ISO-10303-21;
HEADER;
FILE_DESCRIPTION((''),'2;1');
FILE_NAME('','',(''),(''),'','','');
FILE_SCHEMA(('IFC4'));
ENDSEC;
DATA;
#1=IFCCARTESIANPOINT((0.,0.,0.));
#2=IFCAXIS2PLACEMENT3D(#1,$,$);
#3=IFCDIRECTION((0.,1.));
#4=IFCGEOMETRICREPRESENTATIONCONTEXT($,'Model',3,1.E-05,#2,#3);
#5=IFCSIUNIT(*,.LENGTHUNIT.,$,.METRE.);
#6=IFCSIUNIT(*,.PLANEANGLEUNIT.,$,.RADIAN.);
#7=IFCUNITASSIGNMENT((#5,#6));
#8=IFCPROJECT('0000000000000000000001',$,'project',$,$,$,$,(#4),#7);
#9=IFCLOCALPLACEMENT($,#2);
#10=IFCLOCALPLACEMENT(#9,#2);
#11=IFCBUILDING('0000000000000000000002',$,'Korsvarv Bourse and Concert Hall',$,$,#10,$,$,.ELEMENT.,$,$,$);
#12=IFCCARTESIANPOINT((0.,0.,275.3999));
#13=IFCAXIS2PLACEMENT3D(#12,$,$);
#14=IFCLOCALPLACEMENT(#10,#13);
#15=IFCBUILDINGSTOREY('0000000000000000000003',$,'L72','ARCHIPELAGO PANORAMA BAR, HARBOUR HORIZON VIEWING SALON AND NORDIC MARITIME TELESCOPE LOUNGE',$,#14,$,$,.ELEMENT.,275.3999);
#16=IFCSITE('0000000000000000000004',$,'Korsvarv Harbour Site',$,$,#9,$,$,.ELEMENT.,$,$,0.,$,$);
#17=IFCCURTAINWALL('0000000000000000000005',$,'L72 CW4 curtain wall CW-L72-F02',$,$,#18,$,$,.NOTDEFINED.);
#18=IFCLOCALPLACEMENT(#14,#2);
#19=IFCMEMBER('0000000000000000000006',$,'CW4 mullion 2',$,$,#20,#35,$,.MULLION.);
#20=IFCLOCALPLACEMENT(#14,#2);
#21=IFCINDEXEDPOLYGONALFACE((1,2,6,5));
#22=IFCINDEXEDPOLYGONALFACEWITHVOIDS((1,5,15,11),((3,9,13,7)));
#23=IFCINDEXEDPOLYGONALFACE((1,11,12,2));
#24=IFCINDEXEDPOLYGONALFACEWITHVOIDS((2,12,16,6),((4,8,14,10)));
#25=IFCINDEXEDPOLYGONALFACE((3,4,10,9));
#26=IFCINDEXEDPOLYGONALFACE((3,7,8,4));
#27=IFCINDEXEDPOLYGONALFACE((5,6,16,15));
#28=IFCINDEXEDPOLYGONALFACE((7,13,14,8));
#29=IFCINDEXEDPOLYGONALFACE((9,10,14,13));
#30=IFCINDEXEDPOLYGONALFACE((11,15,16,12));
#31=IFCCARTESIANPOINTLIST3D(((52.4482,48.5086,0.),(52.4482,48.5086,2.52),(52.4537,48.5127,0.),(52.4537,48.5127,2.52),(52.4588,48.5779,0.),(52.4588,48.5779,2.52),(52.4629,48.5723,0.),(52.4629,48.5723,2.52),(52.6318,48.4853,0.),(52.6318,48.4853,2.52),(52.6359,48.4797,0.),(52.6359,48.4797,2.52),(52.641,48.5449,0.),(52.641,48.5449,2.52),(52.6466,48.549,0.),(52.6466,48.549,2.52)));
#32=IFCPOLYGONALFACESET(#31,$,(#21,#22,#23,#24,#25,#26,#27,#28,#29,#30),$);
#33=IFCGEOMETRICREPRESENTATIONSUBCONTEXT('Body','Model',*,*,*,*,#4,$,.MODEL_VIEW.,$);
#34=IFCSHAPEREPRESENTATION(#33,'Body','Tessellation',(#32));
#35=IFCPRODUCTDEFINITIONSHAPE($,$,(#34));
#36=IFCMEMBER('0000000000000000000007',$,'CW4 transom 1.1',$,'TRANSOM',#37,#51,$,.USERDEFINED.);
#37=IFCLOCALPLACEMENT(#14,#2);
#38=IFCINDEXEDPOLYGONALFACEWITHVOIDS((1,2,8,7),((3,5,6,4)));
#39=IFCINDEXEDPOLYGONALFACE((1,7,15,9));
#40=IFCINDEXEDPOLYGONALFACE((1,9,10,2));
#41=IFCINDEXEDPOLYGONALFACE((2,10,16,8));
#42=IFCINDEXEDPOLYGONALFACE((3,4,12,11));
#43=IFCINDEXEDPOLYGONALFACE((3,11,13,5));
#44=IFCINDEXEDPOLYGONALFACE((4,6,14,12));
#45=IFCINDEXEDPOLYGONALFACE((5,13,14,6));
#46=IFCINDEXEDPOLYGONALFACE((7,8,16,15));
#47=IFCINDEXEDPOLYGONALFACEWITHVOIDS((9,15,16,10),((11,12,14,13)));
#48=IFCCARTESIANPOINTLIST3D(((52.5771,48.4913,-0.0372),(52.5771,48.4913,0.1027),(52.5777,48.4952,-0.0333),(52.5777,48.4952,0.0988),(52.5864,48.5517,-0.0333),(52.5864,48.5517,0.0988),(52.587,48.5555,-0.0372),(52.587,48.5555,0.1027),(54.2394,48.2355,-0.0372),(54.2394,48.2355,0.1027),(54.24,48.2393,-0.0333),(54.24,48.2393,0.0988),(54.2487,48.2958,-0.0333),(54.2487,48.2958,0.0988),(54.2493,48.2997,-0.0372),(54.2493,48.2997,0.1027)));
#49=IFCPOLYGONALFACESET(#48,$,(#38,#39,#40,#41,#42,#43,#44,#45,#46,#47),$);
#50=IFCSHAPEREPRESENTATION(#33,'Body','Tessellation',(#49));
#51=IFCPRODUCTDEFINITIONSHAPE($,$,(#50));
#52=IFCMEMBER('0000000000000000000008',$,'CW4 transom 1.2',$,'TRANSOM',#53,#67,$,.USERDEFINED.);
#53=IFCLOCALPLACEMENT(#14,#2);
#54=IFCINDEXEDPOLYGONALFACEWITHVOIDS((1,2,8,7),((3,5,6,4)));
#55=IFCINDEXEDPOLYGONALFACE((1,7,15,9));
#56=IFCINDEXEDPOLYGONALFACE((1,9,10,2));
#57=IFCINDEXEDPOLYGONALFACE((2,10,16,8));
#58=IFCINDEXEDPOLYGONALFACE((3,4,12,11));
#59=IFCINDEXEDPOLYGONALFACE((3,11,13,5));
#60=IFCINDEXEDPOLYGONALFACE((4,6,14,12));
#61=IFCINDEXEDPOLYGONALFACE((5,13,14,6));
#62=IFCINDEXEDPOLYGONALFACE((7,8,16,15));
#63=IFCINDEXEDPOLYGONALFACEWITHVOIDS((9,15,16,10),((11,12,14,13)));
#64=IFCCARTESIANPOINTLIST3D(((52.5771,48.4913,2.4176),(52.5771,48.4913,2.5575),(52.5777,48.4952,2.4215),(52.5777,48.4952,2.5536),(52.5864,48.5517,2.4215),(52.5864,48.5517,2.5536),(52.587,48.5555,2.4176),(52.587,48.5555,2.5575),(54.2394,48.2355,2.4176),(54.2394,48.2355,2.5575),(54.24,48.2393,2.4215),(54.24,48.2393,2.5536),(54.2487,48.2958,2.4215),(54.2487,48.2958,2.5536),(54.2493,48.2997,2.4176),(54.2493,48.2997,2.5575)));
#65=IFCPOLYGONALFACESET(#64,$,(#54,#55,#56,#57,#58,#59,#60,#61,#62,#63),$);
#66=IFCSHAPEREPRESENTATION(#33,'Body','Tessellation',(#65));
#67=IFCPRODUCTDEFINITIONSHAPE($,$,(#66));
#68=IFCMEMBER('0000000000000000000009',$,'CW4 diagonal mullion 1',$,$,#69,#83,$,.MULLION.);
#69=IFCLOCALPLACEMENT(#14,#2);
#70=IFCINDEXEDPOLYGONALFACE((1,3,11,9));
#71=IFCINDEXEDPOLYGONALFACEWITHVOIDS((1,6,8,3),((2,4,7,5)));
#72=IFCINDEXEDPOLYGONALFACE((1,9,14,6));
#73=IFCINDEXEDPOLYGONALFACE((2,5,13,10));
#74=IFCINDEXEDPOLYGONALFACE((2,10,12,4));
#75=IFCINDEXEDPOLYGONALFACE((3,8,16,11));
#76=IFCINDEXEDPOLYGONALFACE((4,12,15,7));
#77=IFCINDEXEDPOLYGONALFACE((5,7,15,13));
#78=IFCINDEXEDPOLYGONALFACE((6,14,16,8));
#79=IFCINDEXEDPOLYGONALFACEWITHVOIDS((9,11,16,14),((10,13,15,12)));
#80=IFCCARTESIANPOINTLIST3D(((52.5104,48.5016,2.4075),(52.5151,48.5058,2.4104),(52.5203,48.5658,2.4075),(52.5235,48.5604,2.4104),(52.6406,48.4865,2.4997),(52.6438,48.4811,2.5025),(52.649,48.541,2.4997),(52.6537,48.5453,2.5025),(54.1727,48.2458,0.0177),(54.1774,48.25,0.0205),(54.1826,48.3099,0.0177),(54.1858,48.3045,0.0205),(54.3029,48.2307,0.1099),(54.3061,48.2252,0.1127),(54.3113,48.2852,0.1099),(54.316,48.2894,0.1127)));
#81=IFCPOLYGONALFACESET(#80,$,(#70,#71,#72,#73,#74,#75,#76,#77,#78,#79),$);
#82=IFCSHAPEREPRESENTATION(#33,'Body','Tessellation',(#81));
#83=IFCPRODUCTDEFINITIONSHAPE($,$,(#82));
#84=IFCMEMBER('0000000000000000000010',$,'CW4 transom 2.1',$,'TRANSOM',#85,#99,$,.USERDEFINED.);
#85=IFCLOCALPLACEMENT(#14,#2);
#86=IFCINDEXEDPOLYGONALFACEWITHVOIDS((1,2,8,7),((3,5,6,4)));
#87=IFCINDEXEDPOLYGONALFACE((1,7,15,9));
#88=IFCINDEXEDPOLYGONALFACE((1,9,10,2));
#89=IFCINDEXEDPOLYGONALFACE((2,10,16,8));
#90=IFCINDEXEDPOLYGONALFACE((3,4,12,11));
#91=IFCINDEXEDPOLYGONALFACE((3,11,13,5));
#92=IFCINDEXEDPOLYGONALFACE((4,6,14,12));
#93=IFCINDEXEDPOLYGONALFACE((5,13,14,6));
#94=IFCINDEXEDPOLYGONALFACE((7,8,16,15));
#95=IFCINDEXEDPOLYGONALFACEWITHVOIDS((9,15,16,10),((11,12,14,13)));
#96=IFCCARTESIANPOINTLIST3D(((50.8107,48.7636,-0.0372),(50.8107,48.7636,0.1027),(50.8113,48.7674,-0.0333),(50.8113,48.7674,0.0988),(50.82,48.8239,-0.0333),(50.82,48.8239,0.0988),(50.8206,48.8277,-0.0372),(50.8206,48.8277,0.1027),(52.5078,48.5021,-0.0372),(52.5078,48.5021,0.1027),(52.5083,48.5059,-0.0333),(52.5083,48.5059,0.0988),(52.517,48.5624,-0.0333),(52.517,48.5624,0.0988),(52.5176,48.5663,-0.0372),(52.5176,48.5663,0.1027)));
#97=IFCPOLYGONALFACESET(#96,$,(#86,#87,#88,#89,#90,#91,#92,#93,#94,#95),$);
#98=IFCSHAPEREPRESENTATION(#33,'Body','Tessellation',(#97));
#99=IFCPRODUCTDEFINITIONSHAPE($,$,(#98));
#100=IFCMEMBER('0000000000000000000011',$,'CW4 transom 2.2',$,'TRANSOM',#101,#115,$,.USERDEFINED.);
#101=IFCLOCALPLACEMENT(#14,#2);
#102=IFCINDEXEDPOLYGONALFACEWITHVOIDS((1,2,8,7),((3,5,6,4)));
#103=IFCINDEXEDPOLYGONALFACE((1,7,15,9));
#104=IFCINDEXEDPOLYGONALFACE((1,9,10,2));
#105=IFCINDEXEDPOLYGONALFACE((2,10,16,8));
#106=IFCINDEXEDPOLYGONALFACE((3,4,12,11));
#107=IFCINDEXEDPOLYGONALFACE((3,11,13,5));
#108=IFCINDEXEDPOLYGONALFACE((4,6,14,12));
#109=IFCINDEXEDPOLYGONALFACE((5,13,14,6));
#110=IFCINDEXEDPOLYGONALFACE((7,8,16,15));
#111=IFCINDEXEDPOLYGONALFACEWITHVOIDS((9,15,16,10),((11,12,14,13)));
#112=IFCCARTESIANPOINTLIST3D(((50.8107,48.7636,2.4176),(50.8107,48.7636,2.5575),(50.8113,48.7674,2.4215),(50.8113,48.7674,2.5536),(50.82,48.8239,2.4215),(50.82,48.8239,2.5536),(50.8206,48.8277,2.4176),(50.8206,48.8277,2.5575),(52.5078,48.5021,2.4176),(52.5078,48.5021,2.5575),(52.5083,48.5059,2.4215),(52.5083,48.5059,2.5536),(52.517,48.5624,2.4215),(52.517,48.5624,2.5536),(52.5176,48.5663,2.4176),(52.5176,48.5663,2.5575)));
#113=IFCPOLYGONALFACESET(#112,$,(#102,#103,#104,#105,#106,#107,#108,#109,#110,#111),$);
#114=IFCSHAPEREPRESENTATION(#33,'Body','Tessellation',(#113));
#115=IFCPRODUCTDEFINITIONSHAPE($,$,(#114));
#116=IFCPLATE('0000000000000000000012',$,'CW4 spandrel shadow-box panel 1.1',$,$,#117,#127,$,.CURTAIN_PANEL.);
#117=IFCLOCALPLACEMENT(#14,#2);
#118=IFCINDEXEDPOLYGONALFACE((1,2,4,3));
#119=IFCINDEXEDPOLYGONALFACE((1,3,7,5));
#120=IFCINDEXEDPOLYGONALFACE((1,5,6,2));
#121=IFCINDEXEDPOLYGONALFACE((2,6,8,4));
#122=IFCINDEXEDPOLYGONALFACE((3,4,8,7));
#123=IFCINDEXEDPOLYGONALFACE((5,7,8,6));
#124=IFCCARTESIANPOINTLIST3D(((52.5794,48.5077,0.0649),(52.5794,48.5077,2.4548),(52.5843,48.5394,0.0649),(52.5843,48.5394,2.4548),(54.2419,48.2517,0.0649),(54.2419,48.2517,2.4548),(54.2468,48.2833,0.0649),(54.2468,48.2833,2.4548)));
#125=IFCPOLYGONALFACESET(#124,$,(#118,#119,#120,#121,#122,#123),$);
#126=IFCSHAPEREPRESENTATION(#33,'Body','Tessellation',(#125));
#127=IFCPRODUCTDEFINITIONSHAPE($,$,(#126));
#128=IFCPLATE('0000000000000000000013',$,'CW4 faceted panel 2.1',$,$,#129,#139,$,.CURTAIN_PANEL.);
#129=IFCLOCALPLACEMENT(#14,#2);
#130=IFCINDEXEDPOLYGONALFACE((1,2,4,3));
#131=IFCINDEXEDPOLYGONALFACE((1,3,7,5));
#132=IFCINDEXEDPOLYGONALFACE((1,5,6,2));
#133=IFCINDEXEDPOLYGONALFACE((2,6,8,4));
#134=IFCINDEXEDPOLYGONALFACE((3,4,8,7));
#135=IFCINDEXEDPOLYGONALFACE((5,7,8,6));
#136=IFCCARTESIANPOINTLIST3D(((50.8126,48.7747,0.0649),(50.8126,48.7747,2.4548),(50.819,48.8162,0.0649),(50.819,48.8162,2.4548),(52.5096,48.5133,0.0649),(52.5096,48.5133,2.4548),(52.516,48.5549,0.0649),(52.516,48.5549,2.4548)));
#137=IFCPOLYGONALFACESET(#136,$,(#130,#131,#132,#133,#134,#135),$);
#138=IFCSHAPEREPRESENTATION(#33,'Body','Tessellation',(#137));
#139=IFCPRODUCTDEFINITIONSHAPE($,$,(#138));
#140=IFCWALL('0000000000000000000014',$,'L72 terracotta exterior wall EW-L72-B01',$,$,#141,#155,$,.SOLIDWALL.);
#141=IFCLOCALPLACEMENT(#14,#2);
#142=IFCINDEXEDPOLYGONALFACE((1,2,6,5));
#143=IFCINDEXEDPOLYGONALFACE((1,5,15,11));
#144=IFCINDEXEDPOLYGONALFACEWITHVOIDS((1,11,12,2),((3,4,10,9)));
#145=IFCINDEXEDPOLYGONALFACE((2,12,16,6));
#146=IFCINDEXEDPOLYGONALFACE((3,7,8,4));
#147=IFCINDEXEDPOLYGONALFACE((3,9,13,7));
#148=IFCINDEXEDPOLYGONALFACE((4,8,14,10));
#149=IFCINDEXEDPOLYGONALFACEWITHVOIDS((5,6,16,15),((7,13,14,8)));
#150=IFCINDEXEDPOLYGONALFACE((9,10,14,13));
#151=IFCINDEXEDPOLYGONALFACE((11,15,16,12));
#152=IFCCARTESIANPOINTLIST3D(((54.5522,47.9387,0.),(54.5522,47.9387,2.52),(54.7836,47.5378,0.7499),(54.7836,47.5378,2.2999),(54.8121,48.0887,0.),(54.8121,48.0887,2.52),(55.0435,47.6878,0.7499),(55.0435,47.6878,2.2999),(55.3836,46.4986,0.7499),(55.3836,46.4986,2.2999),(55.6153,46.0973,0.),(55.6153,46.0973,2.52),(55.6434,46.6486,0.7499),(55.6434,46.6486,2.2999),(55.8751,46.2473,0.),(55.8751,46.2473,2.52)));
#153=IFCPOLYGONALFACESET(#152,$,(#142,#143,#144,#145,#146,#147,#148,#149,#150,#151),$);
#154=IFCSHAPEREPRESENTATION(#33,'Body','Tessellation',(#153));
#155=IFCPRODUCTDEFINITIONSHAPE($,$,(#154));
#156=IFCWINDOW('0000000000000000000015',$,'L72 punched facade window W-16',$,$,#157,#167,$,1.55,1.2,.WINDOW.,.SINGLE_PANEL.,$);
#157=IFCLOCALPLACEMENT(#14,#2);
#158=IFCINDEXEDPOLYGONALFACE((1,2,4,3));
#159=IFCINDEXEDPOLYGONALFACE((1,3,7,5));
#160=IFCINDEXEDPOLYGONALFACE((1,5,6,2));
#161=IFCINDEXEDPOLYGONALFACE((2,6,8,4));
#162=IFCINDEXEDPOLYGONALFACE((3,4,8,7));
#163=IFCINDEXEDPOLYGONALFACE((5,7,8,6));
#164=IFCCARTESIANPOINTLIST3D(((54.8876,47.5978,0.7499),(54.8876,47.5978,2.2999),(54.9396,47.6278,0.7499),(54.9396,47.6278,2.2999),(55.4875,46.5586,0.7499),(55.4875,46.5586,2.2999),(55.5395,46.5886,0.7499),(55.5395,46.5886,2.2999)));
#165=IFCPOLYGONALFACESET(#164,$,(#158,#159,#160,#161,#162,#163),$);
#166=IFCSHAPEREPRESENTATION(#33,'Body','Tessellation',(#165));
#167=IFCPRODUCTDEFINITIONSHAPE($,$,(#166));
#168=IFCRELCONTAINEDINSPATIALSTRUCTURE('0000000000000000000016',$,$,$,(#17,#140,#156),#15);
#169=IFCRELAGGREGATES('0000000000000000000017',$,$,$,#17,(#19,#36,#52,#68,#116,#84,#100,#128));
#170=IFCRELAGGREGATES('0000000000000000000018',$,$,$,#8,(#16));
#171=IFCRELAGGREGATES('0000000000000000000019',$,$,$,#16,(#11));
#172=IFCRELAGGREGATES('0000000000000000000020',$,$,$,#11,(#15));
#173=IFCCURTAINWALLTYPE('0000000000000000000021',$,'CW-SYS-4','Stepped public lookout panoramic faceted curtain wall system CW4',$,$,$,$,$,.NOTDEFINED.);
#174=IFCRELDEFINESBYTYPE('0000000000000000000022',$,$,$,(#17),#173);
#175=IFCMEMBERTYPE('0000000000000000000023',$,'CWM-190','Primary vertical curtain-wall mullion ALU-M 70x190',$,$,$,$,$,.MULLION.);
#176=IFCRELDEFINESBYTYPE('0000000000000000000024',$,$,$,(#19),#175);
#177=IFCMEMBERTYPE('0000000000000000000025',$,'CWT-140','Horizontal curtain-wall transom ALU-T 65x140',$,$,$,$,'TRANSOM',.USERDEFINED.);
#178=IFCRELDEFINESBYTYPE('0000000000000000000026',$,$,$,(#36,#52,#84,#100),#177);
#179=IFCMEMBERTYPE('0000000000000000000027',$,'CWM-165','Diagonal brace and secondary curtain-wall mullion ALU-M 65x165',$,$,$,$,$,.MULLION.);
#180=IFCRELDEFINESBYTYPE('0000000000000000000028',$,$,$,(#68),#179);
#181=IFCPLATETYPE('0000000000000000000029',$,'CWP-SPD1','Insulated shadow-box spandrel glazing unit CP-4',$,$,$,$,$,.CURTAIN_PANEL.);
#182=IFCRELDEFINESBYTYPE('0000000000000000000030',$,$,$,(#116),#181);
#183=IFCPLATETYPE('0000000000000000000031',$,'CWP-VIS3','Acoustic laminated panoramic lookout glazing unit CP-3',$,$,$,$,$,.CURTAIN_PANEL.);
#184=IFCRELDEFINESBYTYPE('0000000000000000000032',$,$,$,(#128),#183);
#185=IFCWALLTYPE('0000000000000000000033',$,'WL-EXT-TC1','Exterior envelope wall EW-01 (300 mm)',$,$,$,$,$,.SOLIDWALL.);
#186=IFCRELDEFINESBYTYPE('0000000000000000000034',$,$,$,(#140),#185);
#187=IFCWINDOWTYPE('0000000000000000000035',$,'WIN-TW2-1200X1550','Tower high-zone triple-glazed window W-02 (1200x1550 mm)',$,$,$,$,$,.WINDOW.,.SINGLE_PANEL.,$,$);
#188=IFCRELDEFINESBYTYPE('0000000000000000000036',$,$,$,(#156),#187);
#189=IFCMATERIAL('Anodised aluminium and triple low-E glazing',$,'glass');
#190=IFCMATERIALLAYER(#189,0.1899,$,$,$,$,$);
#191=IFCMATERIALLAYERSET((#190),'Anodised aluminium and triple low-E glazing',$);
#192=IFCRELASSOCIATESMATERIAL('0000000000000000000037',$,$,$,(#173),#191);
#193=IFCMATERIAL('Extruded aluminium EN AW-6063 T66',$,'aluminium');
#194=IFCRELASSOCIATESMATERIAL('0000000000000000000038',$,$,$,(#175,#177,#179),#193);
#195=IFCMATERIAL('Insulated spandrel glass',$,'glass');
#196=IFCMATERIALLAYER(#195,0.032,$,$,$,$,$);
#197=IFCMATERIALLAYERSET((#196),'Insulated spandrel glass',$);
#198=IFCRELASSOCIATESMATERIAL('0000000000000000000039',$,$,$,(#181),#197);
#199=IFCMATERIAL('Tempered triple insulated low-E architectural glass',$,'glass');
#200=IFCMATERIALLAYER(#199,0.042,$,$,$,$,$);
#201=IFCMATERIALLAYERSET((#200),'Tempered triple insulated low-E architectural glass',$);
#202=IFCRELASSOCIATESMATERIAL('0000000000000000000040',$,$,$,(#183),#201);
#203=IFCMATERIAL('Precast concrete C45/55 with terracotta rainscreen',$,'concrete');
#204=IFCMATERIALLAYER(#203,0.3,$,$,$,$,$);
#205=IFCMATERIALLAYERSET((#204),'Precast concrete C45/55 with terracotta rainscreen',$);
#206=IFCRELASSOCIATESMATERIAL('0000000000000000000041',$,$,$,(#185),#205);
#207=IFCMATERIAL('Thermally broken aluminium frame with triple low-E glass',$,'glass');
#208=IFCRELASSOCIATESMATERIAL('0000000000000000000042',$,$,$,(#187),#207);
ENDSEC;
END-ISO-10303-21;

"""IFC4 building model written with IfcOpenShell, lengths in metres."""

from ifc_helpers import new_model, si_unit, direction, frame, frame_2d, origin, origin_2d, place, context, subcontext, project, spatial, rectangle, hollow_rectangle, extrude, source, transform, mapped, material, layer, layer_set, material_profile, profile_set, type_object, element, fill, aggregate, save


model = new_model("IFC4")

# Units and contexts
model_context = context("Model", 3, precision=1e-05, world=origin(), true_north=direction((0.0, 1.0)))
body_context = subcontext(model_context, "Body", "Model", "MODEL_VIEW")
ifc_project = project(units=[si_unit("LENGTHUNIT", "METRE"), si_unit("PLANEANGLEUNIT", "RADIAN")], contexts=[model_context])

# Site, building, storey
site_placement = place(None, origin())
site = spatial("IfcSite", under=ifc_project, at=site_placement, Name="Korsvarv Harbour Site", CompositionType="ELEMENT", RefElevation=0.0)
building_placement = place(site_placement, origin())
building = spatial("IfcBuilding", under=site, at=building_placement, Name="Korsvarv Bourse and Concert Hall", CompositionType="ELEMENT")
storey_placement = place(building_placement, frame((0.0, 0.0, 275.3999)))
storey = spatial("IfcBuildingStorey", under=building, at=storey_placement, Name="L72", Description="ARCHIPELAGO PANORAMA BAR, HARBOUR HORIZON VIEWING SALON AND NORDIC MARITIME TELESCOPE LOUNGE", CompositionType="ELEMENT", Elevation=275.3999)

# Curtain wall, members, plates
ifc_material_1 = material(Name="Anodised aluminium and triple low-E glazing", Category="glass")
ifc_layer_1 = layer(ifc_material_1, 0.1899)
ifc_layer_set_1 = layer_set([ifc_layer_1], Name="Anodised aluminium and triple low-E glazing")
curtain_wall_type = type_object("IfcCurtainWallType", Name="CW-SYS-4", Description="Stepped public lookout panoramic faceted curtain wall system CW4", PredefinedType="NOTDEFINED", material=ifc_layer_set_1)
curtain_wall_placement = place(storey_placement, origin())
curtain_wall = element("IfcCurtainWall", 1, at=curtain_wall_placement, inside=storey, type_object=curtain_wall_type, Name="L72 CW4 curtain wall CW-L72-F02", PredefinedType="NOTDEFINED")
ifc_material_2 = material(Name="Extruded aluminium EN AW-6063 T66", Category="aluminium")
ifc_material_profile_1 = material_profile(ifc_material_2, hollow_rectangle(XDim=0.0701, YDim=0.1899, WallThickness=0.0049, at=origin_2d()), Name="ALU-M 70x190")
ifc_profile_set_1 = profile_set([ifc_material_profile_1], Name="Extruded aluminium EN AW-6063 T66")
member_type_1 = type_object("IfcMemberType", Name="CWM-190", Description="Primary vertical curtain-wall mullion ALU-M 70x190", PredefinedType="MULLION", material=ifc_profile_set_1)
shared_shape_1 = source(origin(), body_context, "Body", "SweptSolid", [
    extrude(hollow_rectangle(XDim=0.0701, YDim=0.1899, WallThickness=0.0049, at=origin_2d()), origin(), (0.0, 0.0, 1.0), 2.52),
])
member_1_placement = place(storey_placement, frame((52.5474, 48.5288, 0.0), z_axis=(0.0, 0.0, 1.0), x_axis=(-0.152234, -0.988345, 0.0)))
member_1 = element("IfcMember", 2, at=member_1_placement, type_object=member_type_1, Name="CW4 mullion 2", PredefinedType="MULLION", context=body_context, shape_type="MappedRepresentation", body=[
    mapped(shared_shape_1, transform((0.0, 0.0, 0.0), scale=1.0)),
])
ifc_material_profile_2 = material_profile(ifc_material_2, hollow_rectangle(XDim=0.0649, YDim=0.1399, WallThickness=0.0039, at=origin_2d()), Name="ALU-T 65x140")
ifc_profile_set_2 = profile_set([ifc_material_profile_2], Name="Extruded aluminium EN AW-6063 T66")
member_type_2 = type_object("IfcMemberType", Name="CWT-140", Description="Horizontal curtain-wall transom ALU-T 65x140", ElementType="TRANSOM", PredefinedType="USERDEFINED", material=ifc_profile_set_2)
shared_shape_2 = source(origin(), body_context, "Body", "SweptSolid", [
    extrude(hollow_rectangle(XDim=0.0649, YDim=0.1399, WallThickness=0.0039, at=origin_2d()), origin(), (0.0, 0.0, 1.0), 1.6819),
])
member_2_placement = place(storey_placement, frame((54.2444, 48.2676, 0.0327), z_axis=(-0.988362, 0.152123, 0.0), x_axis=(-0.152123, -0.988362, 0.0)))
member_2 = element("IfcMember", 3, at=member_2_placement, type_object=member_type_2, Name="CW4 transom 1.1", ObjectType="TRANSOM", PredefinedType="USERDEFINED", context=body_context, shape_type="MappedRepresentation", body=[
    mapped(shared_shape_2, transform((0.0, 0.0, 0.0), scale=1.0)),
])
member_3_placement = place(storey_placement, frame((54.2444, 48.2676, 2.4875), z_axis=(-0.988362, 0.152123, 0.0), x_axis=(-0.152123, -0.988362, 0.0)))
member_3 = element("IfcMember", 4, at=member_3_placement, type_object=member_type_2, Name="CW4 transom 1.2", ObjectType="TRANSOM", PredefinedType="USERDEFINED", context=body_context, shape_type="MappedRepresentation", body=[
    mapped(shared_shape_2, transform((0.0, 0.0, 0.0), scale=1.0)),
])
ifc_material_profile_3 = material_profile(ifc_material_2, hollow_rectangle(XDim=0.0649, YDim=0.165, WallThickness=0.0049, at=origin_2d()), Name="ALU-M 65x165")
ifc_profile_set_3 = profile_set([ifc_material_profile_3], Name="Extruded aluminium EN AW-6063 T66")
member_type_3 = type_object("IfcMemberType", Name="CWM-165", Description="Diagonal brace and secondary curtain-wall mullion ALU-M 65x165", PredefinedType="MULLION", material=ifc_profile_set_3)
shared_shape_3 = source(origin(), body_context, "Body", "SweptSolid", [
    extrude(hollow_rectangle(XDim=0.0649, YDim=0.165, WallThickness=0.0049, at=origin_2d()), origin(), (0.0, 0.0, 1.0), 2.9224),
])
member_4_placement = place(storey_placement, frame((54.2444, 48.2676, 0.0652), z_axis=(-0.56883, 0.087551, 0.817782), x_axis=(-0.152123, -0.988362, 0.0)))
member_4 = element("IfcMember", 5, at=member_4_placement, type_object=member_type_3, Name="CW4 diagonal mullion 1", PredefinedType="MULLION", context=body_context, shape_type="MappedRepresentation", body=[
    mapped(shared_shape_3, transform((0.0, 0.0, 0.0), scale=1.0)),
])
shared_shape_4 = source(origin(), body_context, "Body", "SweptSolid", [
    extrude(hollow_rectangle(XDim=0.0649, YDim=0.1399, WallThickness=0.0039, at=origin_2d()), origin(), (0.0, 0.0, 1.0), 1.717),
])
member_5_placement = place(storey_placement, frame((52.5127, 48.5342, 0.0327), z_axis=(-0.988337, 0.152282, 0.0), x_axis=(-0.152282, -0.988337, 0.0)))
member_5 = element("IfcMember", 6, at=member_5_placement, type_object=member_type_2, Name="CW4 transom 2.1", ObjectType="TRANSOM", PredefinedType="USERDEFINED", context=body_context, shape_type="MappedRepresentation", body=[
    mapped(shared_shape_4, transform((0.0, 0.0, 0.0), scale=1.0)),
])
member_6_placement = place(storey_placement, frame((52.5127, 48.5342, 2.4875), z_axis=(-0.988337, 0.152282, 0.0), x_axis=(-0.152282, -0.988337, 0.0)))
member_6 = element("IfcMember", 7, at=member_6_placement, type_object=member_type_2, Name="CW4 transom 2.2", ObjectType="TRANSOM", PredefinedType="USERDEFINED", context=body_context, shape_type="MappedRepresentation", body=[
    mapped(shared_shape_4, transform((0.0, 0.0, 0.0), scale=1.0)),
])
ifc_material_3 = material(Name="Insulated spandrel glass", Category="glass")
ifc_layer_2 = layer(ifc_material_3, 0.032)
ifc_layer_set_2 = layer_set([ifc_layer_2], Name="Insulated spandrel glass")
plate_type_1 = type_object("IfcPlateType", Name="CWP-SPD1", Description="Insulated shadow-box spandrel glazing unit CP-4", PredefinedType="CURTAIN_PANEL", material=ifc_layer_set_2)
shared_shape_5 = source(origin(), body_context, "Body", "SweptSolid", [
    extrude(rectangle(XDim=1.6821, YDim=0.032, at=origin_2d()), origin(), (0.0, 0.0, 1.0), 2.3899),
])
plate_1_placement = place(storey_placement, frame((53.4131, 48.3955, 0.0649), z_axis=(0.0, 0.0, 1.0), x_axis=(-0.988345, 0.152234, 0.0)))
plate_1 = element("IfcPlate", 8, at=plate_1_placement, type_object=plate_type_1, Name="CW4 spandrel shadow-box panel 1.1", PredefinedType="CURTAIN_PANEL", context=body_context, shape_type="MappedRepresentation", body=[
    mapped(shared_shape_5, transform((0.0, 0.0, 0.0), scale=1.0)),
])
ifc_material_4 = material(Name="Tempered triple insulated low-E architectural glass", Category="glass")
ifc_layer_3 = layer(ifc_material_4, 0.042)
ifc_layer_set_3 = layer_set([ifc_layer_3], Name="Tempered triple insulated low-E architectural glass")
plate_type_2 = type_object("IfcPlateType", Name="CWP-VIS3", Description="Acoustic laminated panoramic lookout glazing unit CP-3", PredefinedType="CURTAIN_PANEL", material=ifc_layer_set_3)
shared_shape_6 = source(origin(), body_context, "Body", "SweptSolid", [
    extrude(rectangle(XDim=1.717, YDim=0.042, at=origin_2d()), origin(), (0.0, 0.0, 1.0), 2.3899),
])
plate_2_placement = place(storey_placement, frame((51.6643, 48.6648, 0.0649), z_axis=(0.0, 0.0, 1.0), x_axis=(-0.988345, 0.152234, 0.0)))
plate_2 = element("IfcPlate", 9, at=plate_2_placement, type_object=plate_type_2, Name="CW4 faceted panel 2.1", PredefinedType="CURTAIN_PANEL", context=body_context, shape_type="MappedRepresentation", body=[
    mapped(shared_shape_6, transform((0.0, 0.0, 0.0), scale=1.0)),
])
aggregate(curtain_wall, [member_1, member_2, member_3, member_4, plate_1, member_5, member_6, plate_2])

# Wall, opening, window
ifc_material_5 = material(Name="Precast concrete C45/55 with terracotta rainscreen", Category="concrete")
ifc_layer_4 = layer(ifc_material_5, 0.3)
ifc_layer_set_4 = layer_set([ifc_layer_4], Name="Precast concrete C45/55 with terracotta rainscreen")
wall_type = type_object("IfcWallType", Name="WL-EXT-TC1", Description="Exterior envelope wall EW-01 (300 mm)", PredefinedType="SOLIDWALL", material=ifc_layer_set_4)
wall_placement = place(storey_placement, frame((55.7451, 46.1724, 0.0), z_axis=(0.0, 0.0, 1.0), x_axis=(-0.499968, 0.866044, 0.0)))
wall = element("IfcWall", 10, at=wall_placement, inside=storey, type_object=wall_type, Name="L72 terracotta exterior wall EW-L72-B01", PredefinedType="SOLIDWALL", context=body_context, shape_type="SweptSolid", body=[
    extrude(rectangle(XDim=2.1262, YDim=0.3, at=frame_2d((1.063, 0.0))), origin(), (0.0, 0.0, 1.0), 2.52),
])
opening_placement = place(wall_placement, frame((0.4631, 0.0, 0.75)))
opening = element("IfcOpeningElement", 11, at=opening_placement, cuts=wall, PredefinedType="OPENING", context=body_context, shape_type="SweptSolid", body=[
    extrude(rectangle(XDim=1.2, YDim=1.55, at=frame_2d((0.6001, 0.7749))), frame((0.0, 0.1602, 0.0), z_axis=(0.0, -1.0, 0.0), x_axis=(1.0, 0.0, 0.0)), (0.0, 0.0, 1.0), 0.3201),
])
ifc_material_6 = material(Name="Thermally broken aluminium frame with triple low-E glass", Category="glass")
window_type = type_object("IfcWindowType", Name="WIN-TW2-1200X1550", Description="Tower high-zone triple-glazed window W-02 (1200x1550 mm)", PartitioningType="SINGLE_PANEL", PredefinedType="WINDOW", material=ifc_material_6)
window_placement = place(opening_placement, origin())
window = element("IfcWindow", 12, at=window_placement, inside=storey, type_object=window_type, Name="L72 punched facade window W-16", OverallHeight=1.55, OverallWidth=1.2, PartitioningType="SINGLE_PANEL", PredefinedType="WINDOW", context=body_context, shape_type="SweptSolid", body=[
    extrude(rectangle(XDim=1.2, YDim=1.55, at=frame_2d((0.6001, 0.7749))), frame((0.0, 0.03, 0.0), z_axis=(0.0, -1.0, 0.0), x_axis=(1.0, 0.0, 0.0)), (0.0, 0.0, 1.0), 0.0601),
])
fill(opening, window)

save(model, "model.ifc")
